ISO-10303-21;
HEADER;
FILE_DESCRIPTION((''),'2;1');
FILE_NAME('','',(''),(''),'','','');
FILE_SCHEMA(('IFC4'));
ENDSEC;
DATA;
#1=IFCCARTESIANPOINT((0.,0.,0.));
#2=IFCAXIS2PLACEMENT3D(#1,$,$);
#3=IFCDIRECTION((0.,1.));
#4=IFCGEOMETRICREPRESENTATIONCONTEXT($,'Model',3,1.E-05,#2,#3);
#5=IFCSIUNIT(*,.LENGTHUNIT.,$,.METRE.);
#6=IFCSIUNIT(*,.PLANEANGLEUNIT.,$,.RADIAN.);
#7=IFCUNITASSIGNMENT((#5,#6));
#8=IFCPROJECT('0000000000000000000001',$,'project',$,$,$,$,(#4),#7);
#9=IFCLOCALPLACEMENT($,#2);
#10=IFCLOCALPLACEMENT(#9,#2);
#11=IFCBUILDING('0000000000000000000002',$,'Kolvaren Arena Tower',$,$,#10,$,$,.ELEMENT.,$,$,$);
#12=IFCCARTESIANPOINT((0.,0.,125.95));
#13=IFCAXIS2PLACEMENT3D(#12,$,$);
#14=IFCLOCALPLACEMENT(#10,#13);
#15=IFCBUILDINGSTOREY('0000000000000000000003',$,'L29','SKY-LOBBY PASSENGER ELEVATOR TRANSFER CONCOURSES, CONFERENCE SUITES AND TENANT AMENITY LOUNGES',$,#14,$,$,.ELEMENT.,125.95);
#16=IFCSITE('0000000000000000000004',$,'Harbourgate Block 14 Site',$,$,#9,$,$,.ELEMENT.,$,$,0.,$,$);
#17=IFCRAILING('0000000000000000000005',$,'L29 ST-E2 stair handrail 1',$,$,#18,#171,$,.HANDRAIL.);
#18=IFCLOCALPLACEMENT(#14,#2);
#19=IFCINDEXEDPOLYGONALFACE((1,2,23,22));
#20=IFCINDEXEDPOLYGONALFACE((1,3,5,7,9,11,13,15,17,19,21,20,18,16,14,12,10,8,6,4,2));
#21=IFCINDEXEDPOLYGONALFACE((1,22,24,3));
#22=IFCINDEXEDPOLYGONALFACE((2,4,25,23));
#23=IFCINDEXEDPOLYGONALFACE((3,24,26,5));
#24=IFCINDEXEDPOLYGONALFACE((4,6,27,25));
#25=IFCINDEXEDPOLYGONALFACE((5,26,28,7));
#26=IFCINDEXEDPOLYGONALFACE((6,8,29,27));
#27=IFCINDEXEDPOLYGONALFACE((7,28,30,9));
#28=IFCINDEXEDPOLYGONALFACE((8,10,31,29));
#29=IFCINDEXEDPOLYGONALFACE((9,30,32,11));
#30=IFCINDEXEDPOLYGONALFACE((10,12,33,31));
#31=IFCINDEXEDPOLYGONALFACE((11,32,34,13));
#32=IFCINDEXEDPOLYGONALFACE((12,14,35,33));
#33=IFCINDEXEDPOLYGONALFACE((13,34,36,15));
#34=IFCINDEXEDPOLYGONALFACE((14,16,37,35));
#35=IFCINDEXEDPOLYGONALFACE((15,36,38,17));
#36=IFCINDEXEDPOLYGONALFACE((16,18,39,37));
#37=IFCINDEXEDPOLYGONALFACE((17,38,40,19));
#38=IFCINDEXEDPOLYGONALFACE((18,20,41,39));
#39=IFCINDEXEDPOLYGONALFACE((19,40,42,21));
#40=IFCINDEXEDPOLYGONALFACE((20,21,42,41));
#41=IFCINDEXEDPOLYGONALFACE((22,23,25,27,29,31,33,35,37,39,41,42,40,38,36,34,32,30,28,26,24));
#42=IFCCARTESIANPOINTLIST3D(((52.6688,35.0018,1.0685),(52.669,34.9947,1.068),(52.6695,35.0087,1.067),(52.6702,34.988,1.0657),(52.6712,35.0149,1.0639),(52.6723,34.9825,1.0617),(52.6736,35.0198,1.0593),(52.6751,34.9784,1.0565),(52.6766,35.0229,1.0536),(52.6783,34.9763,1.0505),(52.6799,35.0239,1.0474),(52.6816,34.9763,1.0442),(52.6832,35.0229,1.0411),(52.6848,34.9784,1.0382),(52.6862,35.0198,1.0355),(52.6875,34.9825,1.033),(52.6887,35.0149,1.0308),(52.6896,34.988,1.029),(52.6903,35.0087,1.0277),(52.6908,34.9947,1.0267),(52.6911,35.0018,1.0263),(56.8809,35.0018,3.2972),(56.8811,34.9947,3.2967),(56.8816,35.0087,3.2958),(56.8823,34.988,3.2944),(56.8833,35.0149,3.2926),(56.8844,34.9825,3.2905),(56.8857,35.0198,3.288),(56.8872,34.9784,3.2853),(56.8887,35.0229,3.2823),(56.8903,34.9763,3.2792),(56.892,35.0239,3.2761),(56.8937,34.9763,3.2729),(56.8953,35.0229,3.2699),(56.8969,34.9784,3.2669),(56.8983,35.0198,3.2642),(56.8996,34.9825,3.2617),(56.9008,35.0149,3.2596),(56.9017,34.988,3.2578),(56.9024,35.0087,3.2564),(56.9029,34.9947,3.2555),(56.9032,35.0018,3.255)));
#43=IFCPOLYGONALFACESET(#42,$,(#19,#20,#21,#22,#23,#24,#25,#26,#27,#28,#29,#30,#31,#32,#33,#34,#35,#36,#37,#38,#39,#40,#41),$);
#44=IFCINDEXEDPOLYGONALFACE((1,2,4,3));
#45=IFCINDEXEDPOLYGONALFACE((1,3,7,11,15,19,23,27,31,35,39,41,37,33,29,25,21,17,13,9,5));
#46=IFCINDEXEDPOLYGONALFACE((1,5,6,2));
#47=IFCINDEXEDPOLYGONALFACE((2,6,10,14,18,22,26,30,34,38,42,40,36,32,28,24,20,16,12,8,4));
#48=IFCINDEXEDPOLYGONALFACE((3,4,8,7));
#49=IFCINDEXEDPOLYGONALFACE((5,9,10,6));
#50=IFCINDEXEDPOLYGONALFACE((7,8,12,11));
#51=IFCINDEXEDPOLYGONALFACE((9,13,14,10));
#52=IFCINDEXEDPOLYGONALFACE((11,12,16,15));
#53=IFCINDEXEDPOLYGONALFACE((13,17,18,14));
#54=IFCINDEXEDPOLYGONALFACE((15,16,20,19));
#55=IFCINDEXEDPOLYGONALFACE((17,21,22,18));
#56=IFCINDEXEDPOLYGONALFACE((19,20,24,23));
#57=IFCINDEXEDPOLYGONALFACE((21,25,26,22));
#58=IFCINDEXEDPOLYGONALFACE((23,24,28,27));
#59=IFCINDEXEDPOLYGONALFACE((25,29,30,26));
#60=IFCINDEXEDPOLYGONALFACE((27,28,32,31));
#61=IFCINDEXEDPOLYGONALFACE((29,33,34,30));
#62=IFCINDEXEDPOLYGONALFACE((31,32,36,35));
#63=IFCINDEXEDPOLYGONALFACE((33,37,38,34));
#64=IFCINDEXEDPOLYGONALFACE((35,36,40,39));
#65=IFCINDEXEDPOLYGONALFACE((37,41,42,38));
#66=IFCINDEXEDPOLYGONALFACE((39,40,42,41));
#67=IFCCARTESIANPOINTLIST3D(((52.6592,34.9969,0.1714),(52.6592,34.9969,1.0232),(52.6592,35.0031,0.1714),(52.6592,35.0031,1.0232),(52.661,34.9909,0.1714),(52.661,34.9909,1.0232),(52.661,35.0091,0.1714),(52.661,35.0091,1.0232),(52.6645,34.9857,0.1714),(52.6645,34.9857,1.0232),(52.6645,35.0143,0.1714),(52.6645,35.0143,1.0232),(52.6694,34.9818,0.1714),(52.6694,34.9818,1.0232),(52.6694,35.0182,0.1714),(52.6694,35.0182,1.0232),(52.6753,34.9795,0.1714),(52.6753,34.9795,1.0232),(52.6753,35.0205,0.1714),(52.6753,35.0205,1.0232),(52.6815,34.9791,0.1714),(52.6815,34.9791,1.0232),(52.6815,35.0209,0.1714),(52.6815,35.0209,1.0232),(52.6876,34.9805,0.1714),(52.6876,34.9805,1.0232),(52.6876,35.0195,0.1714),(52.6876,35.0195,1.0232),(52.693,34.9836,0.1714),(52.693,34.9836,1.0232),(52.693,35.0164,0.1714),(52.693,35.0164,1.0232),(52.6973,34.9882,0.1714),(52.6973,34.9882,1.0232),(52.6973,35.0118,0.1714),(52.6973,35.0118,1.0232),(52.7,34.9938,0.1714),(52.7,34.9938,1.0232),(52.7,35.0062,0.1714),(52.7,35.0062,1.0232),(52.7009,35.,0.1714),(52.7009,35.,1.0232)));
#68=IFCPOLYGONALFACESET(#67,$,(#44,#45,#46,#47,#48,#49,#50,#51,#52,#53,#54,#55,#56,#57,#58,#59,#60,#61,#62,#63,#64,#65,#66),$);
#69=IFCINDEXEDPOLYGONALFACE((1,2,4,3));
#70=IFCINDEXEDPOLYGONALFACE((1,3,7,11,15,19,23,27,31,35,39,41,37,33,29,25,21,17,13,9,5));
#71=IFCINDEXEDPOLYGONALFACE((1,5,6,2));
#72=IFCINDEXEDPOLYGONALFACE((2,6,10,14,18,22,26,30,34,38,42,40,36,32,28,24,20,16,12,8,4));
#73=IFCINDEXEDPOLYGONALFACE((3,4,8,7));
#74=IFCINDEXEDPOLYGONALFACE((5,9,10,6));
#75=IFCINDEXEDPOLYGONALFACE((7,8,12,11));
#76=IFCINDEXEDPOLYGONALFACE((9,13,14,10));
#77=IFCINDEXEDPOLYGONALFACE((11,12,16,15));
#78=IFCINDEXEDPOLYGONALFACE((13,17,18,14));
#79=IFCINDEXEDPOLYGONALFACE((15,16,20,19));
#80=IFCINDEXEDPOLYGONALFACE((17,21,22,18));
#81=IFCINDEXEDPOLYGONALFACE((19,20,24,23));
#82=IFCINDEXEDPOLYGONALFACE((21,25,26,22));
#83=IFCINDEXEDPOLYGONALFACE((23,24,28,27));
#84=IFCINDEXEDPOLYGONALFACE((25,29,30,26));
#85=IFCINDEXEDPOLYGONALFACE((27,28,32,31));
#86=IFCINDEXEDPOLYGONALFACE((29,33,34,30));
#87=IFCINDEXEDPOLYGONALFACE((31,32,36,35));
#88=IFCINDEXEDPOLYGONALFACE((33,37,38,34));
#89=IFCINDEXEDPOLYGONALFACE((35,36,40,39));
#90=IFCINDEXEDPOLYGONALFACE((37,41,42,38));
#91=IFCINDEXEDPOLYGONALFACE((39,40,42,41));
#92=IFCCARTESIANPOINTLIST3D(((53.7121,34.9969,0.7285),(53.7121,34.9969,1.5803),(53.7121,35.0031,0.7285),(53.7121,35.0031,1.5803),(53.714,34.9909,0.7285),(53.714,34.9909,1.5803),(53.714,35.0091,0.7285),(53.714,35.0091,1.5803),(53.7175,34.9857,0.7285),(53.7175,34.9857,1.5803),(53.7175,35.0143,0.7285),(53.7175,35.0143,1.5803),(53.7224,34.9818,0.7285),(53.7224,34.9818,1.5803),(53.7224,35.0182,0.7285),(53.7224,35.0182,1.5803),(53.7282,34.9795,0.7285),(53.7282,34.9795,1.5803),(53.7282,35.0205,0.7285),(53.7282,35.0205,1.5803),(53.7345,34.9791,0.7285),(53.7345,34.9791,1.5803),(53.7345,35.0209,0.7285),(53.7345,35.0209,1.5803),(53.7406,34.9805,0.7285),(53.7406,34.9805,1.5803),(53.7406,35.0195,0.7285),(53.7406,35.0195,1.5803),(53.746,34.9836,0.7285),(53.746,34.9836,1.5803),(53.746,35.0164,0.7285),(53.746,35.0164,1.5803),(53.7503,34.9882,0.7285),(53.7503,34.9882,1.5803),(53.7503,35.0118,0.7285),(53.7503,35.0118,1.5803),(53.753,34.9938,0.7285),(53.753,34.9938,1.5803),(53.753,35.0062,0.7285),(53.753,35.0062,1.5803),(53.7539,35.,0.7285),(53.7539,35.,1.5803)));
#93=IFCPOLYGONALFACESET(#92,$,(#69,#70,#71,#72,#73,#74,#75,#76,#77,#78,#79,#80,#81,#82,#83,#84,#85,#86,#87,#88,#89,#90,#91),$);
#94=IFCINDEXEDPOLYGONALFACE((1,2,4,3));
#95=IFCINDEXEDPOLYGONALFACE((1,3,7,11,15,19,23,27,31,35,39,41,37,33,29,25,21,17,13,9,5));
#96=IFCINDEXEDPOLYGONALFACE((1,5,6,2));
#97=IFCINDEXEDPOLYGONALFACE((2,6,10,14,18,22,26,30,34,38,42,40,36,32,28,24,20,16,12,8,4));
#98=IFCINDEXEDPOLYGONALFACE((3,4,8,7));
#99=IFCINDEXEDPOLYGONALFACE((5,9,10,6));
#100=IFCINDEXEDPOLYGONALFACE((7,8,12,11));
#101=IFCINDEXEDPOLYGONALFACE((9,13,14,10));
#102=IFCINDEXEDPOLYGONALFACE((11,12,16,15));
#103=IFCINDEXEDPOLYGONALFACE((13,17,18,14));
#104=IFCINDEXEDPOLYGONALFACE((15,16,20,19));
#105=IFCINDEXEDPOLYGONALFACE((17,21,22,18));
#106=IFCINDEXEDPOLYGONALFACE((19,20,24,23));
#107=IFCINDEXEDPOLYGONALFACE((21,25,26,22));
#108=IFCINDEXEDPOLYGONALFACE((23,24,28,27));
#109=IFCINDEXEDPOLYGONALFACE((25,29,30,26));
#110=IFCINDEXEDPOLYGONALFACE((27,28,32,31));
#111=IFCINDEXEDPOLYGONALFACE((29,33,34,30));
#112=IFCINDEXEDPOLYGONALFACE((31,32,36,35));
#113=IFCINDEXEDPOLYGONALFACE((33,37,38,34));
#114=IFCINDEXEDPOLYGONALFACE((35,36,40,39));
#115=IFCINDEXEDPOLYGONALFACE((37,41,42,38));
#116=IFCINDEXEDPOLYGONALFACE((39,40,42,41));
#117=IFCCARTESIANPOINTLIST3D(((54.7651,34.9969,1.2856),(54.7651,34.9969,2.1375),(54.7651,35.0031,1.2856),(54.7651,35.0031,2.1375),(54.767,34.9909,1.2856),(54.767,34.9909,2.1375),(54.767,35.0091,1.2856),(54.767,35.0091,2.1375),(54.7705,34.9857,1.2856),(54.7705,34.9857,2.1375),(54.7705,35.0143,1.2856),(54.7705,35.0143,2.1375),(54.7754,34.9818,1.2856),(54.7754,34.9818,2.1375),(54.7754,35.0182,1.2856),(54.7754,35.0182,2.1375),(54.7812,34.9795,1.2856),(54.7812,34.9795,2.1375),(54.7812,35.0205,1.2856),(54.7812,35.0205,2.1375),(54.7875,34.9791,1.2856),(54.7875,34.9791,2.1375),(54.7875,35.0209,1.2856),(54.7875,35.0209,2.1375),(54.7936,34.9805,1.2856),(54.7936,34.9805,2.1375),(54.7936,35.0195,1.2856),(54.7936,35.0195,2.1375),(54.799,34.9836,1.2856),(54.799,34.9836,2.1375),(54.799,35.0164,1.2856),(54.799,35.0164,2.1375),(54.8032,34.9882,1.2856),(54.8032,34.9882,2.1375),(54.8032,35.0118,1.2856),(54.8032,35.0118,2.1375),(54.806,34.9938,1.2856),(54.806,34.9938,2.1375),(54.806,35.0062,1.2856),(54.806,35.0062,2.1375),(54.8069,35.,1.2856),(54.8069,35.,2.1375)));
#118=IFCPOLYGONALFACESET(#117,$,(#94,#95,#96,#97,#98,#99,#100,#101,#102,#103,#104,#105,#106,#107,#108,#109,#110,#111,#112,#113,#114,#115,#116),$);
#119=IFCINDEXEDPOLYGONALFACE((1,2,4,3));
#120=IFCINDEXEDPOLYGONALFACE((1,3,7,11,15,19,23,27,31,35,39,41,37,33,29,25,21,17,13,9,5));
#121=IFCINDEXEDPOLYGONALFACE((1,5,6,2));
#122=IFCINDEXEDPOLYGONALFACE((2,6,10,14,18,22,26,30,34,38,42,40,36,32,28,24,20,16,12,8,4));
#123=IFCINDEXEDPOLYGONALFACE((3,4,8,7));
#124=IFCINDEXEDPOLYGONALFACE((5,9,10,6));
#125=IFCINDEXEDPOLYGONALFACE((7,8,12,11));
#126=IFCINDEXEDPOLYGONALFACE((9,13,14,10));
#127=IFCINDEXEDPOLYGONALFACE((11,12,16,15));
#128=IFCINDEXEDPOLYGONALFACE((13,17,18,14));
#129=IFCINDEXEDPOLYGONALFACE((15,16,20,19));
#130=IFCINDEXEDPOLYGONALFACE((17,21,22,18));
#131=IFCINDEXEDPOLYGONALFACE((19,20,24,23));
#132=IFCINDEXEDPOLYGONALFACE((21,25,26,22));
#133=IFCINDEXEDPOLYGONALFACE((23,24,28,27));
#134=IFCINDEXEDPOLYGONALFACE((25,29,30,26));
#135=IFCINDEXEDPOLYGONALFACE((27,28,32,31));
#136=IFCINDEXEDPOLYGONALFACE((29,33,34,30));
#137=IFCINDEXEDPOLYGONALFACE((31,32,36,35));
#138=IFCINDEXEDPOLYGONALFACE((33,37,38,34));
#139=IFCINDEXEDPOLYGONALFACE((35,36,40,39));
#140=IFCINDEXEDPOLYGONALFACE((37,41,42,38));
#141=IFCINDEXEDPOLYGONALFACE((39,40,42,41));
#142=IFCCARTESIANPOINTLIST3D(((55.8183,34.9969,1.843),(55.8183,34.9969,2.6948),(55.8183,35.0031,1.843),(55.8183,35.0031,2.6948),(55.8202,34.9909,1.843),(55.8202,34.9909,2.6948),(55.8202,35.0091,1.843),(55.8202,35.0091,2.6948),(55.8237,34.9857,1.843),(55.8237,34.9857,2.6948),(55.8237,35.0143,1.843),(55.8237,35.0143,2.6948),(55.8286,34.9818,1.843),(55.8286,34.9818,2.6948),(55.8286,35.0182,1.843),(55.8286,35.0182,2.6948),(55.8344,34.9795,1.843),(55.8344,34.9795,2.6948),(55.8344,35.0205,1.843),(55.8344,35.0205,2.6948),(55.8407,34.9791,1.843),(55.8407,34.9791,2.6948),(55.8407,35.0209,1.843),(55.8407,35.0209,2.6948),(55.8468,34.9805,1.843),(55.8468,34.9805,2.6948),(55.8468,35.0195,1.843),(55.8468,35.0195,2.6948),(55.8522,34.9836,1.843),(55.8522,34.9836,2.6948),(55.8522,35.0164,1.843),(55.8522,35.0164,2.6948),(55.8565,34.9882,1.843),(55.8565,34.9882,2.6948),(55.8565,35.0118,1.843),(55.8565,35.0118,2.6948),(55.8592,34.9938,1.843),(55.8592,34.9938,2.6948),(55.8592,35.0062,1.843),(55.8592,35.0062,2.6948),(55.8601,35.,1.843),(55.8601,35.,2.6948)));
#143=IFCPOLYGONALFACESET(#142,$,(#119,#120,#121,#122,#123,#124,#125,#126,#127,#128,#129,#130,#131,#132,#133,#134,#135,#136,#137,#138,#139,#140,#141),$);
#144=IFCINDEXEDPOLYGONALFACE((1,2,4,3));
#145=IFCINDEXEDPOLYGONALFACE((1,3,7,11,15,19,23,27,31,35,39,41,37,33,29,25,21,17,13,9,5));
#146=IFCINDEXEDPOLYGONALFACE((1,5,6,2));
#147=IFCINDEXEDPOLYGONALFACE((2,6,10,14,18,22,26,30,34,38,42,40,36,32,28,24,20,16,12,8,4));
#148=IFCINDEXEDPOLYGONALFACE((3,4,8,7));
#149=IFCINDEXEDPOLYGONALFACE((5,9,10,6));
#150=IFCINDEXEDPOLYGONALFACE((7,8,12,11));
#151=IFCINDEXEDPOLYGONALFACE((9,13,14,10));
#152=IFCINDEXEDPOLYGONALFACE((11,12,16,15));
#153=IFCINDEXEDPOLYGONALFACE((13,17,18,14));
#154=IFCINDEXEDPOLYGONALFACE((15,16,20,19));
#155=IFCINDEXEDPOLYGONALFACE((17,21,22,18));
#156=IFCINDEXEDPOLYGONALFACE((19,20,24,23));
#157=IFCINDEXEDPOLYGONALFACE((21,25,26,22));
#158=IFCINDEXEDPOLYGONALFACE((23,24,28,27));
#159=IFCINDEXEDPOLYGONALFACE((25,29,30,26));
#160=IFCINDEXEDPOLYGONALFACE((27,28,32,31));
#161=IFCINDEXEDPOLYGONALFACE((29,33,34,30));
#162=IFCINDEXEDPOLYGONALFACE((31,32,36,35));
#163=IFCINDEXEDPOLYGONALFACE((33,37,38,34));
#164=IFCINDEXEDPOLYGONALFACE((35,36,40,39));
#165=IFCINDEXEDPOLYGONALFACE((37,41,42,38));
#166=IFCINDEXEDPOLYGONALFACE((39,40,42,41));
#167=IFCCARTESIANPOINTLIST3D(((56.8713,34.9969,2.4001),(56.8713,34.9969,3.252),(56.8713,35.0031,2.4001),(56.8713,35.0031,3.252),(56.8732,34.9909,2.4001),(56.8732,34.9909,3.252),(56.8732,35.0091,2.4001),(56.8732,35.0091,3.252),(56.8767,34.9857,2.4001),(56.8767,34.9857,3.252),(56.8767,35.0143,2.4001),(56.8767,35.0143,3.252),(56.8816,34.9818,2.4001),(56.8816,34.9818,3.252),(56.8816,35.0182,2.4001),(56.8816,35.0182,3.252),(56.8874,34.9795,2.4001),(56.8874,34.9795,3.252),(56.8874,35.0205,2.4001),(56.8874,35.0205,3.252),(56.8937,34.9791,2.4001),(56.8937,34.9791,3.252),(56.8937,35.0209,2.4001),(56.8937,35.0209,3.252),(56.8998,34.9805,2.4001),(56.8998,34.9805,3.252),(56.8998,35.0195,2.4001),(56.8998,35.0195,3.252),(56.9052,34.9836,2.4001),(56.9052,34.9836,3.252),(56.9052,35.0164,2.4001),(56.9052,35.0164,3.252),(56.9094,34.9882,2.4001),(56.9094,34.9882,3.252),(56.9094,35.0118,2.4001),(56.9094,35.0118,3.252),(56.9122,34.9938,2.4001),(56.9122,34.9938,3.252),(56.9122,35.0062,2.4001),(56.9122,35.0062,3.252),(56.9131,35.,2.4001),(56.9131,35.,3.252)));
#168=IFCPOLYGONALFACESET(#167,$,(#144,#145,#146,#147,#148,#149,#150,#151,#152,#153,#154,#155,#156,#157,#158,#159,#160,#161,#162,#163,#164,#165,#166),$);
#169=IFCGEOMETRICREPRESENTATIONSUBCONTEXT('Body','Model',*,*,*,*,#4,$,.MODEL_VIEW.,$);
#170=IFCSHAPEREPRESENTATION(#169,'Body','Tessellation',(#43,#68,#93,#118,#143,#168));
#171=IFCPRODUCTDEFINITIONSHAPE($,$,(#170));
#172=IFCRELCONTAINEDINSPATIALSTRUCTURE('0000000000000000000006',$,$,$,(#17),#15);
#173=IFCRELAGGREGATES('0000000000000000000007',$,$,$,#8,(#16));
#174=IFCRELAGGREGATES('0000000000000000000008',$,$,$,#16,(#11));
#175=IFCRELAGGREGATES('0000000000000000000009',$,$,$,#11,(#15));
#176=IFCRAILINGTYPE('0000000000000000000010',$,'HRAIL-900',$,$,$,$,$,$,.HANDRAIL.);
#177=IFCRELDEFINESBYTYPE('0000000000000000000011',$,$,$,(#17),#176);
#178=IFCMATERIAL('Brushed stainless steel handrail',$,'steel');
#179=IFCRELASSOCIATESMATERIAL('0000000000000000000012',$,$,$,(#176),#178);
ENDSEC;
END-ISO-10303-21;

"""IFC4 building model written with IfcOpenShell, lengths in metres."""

from ifc_helpers import new_model, si_unit, direction, frame, origin, origin_2d, place, context, subcontext, project, spatial, circle, extrude, material, type_object, element, save


model = new_model("IFC4")

# Units and contexts
model_context = context("Model", 3, precision=1e-05, world=origin(), true_north=direction((0.0, 1.0)))
body_context = subcontext(model_context, "Body", "Model", "MODEL_VIEW")
ifc_project = project(units=[si_unit("LENGTHUNIT", "METRE"), si_unit("PLANEANGLEUNIT", "RADIAN")], contexts=[model_context])

# Site, building, storey
site_placement = place(None, origin())
site = spatial("IfcSite", under=ifc_project, at=site_placement, Name="Harbourgate Block 14 Site", CompositionType="ELEMENT", RefElevation=0.0)
building_placement = place(site_placement, origin())
building = spatial("IfcBuilding", under=site, at=building_placement, Name="Kolvaren Arena Tower", CompositionType="ELEMENT")
storey_placement = place(building_placement, frame((0.0, 0.0, 125.95)))
storey = spatial("IfcBuildingStorey", under=building, at=storey_placement, Name="L29", Description="SKY-LOBBY PASSENGER ELEVATOR TRANSFER CONCOURSES, CONFERENCE SUITES AND TENANT AMENITY LOUNGES", CompositionType="ELEMENT", Elevation=125.95)

# Railing
ifc_material_1 = material(Name="Brushed stainless steel handrail", Category="steel")
railing_type_1 = type_object("IfcRailingType", Name="HRAIL-900", PredefinedType="HANDRAIL", material=ifc_material_1)
railing_1_placement = place(storey_placement, frame((52.6799, 35.0, 0.1714)))
element("IfcRailing", 1, at=railing_1_placement, inside=storey, type_object=railing_type_1, Name="L29 ST-E2 stair handrail 1", PredefinedType="HANDRAIL", context=body_context, shape_type="SweptSolid", body=[
    extrude(circle(Radius=0.0239, at=origin_2d()), frame((0.0, 0.0, 0.876), z_axis=(0.883893, 0.0, 0.46769), x_axis=(0.0, 1.0, 0.0)), (0.0, 0.0, 1.0), 4.7654),
    extrude(circle(Radius=0.021, at=origin_2d()), origin(), (0.0, 0.0, 1.0), 0.8518),
    extrude(circle(Radius=0.021, at=origin_2d()), frame((1.053, 0.0, 0.5571)), (0.0, 0.0, 1.0), 0.8518),
    extrude(circle(Radius=0.021, at=origin_2d()), frame((2.106, 0.0, 1.1143)), (0.0, 0.0, 1.0), 0.8518),
    extrude(circle(Radius=0.021, at=origin_2d()), frame((3.1592, 0.0, 1.6716)), (0.0, 0.0, 1.0), 0.8518),
    extrude(circle(Radius=0.021, at=origin_2d()), frame((4.2122, 0.0, 2.2288)), (0.0, 0.0, 1.0), 0.8518),
])

save(model, "model.ifc")
